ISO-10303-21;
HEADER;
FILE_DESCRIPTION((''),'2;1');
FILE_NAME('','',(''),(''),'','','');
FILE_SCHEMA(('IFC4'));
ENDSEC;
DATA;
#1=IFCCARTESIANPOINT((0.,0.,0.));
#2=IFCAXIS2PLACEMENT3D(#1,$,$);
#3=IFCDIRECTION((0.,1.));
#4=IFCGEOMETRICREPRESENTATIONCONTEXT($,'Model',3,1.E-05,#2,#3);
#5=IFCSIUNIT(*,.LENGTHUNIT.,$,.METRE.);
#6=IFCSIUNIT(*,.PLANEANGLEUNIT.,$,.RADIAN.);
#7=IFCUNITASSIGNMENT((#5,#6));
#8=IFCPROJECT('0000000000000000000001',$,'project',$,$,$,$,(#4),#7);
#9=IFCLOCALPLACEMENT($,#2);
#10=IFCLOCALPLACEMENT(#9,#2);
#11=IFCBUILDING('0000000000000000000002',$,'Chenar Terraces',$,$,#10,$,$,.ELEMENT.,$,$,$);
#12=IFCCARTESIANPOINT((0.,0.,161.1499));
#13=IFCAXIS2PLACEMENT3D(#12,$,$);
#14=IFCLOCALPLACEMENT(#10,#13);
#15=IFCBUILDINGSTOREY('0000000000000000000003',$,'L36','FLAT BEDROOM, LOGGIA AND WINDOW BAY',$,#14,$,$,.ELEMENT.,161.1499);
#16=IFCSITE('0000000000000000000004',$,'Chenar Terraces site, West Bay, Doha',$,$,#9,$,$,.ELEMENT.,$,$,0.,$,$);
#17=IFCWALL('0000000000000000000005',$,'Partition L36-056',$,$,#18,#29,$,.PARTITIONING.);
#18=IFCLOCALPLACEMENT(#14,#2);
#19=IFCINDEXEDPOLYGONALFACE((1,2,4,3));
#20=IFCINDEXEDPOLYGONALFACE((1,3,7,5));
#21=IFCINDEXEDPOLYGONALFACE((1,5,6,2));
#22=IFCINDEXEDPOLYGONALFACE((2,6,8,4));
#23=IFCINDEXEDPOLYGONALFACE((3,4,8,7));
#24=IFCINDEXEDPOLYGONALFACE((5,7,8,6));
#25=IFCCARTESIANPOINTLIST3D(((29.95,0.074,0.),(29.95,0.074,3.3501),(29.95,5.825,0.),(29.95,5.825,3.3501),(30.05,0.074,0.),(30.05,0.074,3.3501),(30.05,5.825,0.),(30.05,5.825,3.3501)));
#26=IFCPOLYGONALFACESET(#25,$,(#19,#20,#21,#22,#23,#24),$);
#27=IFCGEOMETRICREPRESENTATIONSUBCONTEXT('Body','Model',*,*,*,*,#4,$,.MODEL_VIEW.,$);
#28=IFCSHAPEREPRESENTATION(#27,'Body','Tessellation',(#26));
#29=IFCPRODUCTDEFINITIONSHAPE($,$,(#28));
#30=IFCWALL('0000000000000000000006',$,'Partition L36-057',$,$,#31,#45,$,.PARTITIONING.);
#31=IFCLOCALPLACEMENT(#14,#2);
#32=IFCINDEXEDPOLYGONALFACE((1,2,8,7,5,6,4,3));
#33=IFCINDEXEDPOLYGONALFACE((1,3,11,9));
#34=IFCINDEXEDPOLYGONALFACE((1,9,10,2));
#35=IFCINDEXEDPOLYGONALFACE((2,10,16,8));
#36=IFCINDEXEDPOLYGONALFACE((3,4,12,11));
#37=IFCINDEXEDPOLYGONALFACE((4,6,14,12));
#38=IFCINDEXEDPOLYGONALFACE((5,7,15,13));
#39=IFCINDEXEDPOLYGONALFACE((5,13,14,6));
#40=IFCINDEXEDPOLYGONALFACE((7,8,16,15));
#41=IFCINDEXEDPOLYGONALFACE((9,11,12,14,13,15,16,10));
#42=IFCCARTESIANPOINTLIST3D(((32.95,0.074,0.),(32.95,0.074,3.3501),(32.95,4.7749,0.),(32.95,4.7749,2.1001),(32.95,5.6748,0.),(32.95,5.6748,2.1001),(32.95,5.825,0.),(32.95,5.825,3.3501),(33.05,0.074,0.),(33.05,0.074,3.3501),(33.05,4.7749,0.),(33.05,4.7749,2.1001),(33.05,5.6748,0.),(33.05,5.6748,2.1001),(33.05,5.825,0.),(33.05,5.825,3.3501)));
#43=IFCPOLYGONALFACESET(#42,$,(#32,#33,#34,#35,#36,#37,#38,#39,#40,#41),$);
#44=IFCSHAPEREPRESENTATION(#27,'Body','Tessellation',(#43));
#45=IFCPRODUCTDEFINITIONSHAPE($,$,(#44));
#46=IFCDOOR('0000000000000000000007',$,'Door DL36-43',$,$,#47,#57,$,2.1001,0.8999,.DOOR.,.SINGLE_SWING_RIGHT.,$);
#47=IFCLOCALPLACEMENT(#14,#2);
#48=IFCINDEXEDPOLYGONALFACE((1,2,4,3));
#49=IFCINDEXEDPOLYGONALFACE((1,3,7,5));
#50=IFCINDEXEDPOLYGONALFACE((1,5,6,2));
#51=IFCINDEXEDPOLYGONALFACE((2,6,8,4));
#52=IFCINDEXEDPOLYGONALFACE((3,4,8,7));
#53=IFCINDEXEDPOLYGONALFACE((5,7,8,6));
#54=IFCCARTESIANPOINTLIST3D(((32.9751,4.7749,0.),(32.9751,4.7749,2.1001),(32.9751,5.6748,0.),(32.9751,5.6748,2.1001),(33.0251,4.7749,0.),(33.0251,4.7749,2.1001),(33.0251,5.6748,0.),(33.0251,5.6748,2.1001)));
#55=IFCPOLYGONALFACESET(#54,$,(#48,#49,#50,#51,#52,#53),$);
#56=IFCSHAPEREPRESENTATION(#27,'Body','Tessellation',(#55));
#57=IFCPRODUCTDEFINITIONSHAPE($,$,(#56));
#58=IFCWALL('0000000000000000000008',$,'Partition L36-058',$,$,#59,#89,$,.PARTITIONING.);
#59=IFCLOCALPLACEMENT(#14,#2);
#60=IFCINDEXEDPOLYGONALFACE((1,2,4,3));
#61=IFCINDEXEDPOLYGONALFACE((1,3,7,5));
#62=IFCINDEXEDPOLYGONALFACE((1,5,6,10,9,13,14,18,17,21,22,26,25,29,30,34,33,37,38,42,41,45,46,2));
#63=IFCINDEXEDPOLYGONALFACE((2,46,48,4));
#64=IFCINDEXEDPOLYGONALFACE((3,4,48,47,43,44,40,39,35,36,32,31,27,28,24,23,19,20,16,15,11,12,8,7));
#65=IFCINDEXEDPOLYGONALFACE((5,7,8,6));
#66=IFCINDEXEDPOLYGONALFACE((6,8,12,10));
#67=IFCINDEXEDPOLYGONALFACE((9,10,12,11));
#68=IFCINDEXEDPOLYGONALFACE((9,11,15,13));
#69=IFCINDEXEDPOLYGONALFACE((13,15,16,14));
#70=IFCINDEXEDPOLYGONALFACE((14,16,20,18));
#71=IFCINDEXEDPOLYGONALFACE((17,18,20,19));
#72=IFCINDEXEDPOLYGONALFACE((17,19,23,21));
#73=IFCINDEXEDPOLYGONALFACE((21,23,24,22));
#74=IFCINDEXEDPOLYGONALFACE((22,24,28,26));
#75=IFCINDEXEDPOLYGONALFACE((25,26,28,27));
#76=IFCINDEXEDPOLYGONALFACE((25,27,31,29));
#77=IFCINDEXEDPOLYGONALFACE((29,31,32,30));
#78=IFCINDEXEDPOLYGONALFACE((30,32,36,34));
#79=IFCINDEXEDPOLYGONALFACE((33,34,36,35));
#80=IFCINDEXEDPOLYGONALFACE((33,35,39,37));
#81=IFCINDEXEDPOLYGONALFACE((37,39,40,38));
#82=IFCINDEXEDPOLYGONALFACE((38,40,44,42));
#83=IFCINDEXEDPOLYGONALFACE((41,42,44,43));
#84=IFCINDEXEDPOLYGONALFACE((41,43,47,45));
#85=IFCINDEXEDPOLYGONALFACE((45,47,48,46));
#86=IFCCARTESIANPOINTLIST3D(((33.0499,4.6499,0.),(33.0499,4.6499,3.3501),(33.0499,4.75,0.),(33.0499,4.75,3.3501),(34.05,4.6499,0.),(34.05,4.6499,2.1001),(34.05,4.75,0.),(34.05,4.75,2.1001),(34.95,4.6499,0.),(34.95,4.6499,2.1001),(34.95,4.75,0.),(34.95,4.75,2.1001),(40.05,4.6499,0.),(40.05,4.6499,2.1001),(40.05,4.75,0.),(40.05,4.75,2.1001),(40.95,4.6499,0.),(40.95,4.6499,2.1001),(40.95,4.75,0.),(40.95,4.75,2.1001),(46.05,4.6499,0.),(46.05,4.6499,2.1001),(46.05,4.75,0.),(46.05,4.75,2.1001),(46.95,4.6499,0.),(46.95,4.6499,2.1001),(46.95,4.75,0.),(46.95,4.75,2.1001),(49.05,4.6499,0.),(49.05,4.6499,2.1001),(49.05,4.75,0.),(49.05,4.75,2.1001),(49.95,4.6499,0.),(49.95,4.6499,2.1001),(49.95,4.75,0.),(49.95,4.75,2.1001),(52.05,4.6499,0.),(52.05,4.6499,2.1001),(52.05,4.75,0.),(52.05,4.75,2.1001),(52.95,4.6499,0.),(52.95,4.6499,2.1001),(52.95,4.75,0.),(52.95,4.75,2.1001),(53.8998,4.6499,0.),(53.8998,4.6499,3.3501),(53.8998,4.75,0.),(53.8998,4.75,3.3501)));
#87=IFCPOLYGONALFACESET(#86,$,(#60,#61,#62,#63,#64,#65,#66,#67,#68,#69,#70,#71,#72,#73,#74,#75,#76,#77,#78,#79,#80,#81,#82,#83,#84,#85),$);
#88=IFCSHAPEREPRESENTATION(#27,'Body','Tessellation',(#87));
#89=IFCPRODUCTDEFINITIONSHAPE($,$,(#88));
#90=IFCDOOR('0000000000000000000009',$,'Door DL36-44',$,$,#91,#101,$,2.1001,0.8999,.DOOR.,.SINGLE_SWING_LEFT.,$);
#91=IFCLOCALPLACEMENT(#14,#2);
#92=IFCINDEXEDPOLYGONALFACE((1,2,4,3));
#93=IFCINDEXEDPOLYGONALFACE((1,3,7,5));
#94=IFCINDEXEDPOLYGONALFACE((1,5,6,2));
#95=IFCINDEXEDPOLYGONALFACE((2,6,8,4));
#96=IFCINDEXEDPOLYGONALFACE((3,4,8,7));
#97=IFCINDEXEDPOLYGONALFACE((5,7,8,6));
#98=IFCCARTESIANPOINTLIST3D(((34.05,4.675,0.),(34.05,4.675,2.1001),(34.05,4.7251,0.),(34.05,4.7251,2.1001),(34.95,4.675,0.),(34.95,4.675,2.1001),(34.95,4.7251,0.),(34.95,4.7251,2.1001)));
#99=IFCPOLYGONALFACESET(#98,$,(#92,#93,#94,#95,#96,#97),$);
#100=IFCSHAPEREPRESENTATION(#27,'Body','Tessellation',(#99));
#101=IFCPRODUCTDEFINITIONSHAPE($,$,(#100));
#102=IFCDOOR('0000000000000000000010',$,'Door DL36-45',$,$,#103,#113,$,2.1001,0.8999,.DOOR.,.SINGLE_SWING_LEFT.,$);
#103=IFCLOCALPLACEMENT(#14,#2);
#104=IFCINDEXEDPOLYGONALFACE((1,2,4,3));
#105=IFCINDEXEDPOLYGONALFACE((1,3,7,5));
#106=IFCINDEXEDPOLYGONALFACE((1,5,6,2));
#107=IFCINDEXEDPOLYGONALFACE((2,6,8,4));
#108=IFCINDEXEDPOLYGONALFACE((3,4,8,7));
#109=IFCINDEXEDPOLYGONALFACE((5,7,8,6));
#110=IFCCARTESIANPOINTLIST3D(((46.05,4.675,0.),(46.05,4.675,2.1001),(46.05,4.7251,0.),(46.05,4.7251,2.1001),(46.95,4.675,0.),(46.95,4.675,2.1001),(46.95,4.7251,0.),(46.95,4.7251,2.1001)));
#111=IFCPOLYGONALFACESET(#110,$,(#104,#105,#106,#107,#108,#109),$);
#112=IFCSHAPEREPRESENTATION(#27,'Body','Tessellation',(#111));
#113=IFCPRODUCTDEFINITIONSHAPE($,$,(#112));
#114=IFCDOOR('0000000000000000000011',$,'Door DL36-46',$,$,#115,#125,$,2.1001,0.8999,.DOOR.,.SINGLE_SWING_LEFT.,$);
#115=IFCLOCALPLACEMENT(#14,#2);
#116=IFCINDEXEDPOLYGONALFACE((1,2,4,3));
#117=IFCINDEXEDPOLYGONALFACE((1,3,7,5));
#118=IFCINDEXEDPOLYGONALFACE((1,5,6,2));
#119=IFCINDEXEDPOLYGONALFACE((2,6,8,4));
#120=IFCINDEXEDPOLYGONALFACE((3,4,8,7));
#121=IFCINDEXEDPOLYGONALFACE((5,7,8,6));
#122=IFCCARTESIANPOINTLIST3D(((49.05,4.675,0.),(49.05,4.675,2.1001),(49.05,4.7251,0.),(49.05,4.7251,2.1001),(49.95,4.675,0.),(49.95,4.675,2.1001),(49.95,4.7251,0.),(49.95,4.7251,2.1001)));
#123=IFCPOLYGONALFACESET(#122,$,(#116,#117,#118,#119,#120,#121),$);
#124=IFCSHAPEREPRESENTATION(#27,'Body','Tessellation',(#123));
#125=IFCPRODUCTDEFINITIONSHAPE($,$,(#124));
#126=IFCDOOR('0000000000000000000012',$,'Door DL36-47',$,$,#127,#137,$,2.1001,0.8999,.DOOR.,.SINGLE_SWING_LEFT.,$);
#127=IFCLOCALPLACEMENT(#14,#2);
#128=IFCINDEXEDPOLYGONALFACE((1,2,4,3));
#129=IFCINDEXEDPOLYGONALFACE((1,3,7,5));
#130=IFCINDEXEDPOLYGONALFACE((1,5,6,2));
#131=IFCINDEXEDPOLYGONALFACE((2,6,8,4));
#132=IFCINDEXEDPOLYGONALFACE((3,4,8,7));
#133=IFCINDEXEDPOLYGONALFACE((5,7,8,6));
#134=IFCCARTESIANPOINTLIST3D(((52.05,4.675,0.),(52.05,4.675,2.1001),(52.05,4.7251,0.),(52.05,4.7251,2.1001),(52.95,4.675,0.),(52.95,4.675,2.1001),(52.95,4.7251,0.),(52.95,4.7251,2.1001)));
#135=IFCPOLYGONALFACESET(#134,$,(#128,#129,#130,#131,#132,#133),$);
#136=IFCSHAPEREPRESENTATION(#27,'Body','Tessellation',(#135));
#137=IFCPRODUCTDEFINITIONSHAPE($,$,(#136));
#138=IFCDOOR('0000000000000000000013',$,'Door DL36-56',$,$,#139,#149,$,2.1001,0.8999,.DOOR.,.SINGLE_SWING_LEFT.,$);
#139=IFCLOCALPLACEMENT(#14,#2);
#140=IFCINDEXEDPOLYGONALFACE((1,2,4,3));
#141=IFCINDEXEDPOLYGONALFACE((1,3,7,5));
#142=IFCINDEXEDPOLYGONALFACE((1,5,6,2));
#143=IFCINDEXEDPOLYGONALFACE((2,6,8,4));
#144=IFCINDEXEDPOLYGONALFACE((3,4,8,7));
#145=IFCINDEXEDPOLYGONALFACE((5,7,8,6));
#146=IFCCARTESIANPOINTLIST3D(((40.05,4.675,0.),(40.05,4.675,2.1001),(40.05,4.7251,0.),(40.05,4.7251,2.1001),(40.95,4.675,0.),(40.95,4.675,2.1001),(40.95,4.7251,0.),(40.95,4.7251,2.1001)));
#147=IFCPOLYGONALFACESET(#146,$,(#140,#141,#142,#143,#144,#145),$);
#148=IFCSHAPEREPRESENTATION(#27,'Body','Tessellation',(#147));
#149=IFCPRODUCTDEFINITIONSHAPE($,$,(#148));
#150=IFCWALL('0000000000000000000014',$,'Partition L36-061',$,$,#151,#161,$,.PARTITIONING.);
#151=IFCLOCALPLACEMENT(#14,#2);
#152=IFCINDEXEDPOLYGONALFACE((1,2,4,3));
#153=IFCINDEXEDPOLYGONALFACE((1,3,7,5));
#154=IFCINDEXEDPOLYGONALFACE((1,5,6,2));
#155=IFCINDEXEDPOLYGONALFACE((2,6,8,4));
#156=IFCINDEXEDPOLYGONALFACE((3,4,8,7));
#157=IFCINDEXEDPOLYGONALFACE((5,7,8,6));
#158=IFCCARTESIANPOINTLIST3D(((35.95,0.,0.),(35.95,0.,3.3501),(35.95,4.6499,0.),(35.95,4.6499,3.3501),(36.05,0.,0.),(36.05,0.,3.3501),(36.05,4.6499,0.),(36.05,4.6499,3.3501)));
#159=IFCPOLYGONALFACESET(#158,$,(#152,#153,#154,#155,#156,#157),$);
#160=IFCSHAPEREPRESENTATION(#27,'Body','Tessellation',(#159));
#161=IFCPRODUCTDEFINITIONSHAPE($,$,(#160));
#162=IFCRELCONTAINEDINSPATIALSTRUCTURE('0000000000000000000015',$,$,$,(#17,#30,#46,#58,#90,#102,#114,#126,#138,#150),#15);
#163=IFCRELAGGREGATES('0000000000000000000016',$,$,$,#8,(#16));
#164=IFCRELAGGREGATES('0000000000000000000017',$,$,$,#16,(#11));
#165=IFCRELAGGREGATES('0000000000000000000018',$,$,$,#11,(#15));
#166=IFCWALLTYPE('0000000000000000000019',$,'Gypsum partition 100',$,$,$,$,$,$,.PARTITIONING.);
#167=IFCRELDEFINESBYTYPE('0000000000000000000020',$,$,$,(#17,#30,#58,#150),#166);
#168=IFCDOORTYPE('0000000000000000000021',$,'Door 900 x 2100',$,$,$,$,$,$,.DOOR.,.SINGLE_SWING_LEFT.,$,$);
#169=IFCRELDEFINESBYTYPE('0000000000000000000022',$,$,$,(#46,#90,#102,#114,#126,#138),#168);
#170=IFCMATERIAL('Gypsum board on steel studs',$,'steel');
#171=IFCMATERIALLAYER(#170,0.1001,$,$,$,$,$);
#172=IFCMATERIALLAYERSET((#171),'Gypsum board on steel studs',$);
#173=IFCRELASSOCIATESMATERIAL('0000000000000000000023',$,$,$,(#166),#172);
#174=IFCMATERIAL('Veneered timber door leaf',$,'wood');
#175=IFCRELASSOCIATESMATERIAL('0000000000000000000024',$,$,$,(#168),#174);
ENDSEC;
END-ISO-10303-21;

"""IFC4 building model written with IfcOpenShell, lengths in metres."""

from ifc_helpers import new_model, si_unit, direction, frame, frame_2d, origin, place, context, subcontext, project, spatial, rectangle, extrude, material, layer, layer_set, type_object, element, fill, save


model = new_model("IFC4")

# Units and contexts
model_context = context("Model", 3, precision=1e-05, world=origin(), true_north=direction((0.0, 1.0)))
body_context = subcontext(model_context, "Body", "Model", "MODEL_VIEW")
ifc_project = project(units=[si_unit("LENGTHUNIT", "METRE"), si_unit("PLANEANGLEUNIT", "RADIAN")], contexts=[model_context])

# Site, building, storey
site_placement = place(None, origin())
site = spatial("IfcSite", under=ifc_project, at=site_placement, Name="Chenar Terraces site, West Bay, Doha", CompositionType="ELEMENT", RefElevation=0.0)
building_placement = place(site_placement, origin())
building = spatial("IfcBuilding", under=site, at=building_placement, Name="Chenar Terraces", CompositionType="ELEMENT")
storey_placement = place(building_placement, frame((0.0, 0.0, 161.1499)))
storey = spatial("IfcBuildingStorey", under=building, at=storey_placement, Name="L36", Description="FLAT BEDROOM, LOGGIA AND WINDOW BAY", CompositionType="ELEMENT", Elevation=161.1499)

# Wall
ifc_material_1 = material(Name="Gypsum board on steel studs", Category="steel")
ifc_layer_1 = layer(ifc_material_1, 0.1001)
ifc_layer_set_1 = layer_set([ifc_layer_1], Name="Gypsum board on steel studs")
wall_type_1 = type_object("IfcWallType", Name="Gypsum partition 100", PredefinedType="PARTITIONING", material=ifc_layer_set_1)
wall_1_placement = place(storey_placement, frame((30.0, 0.074, 0.0), z_axis=(0.0, 0.0, 1.0), x_axis=(0.0, 1.0, 0.0)))
element("IfcWall", 1, at=wall_1_placement, inside=storey, type_object=wall_type_1, Name="Partition L36-056", PredefinedType="PARTITIONING", context=body_context, shape_type="SweptSolid", body=[
    extrude(rectangle(XDim=5.751, YDim=0.1001, at=frame_2d((2.8755, 0.0))), origin(), (0.0, 0.0, 1.0), 3.3501),
])

# Wall, opening, door
wall_2_placement = place(storey_placement, frame((33.0, 0.074, 0.0), z_axis=(0.0, 0.0, 1.0), x_axis=(0.0, 1.0, 0.0)))
wall_2 = element("IfcWall", 2, at=wall_2_placement, inside=storey, type_object=wall_type_1, Name="Partition L36-057", PredefinedType="PARTITIONING", context=body_context, shape_type="SweptSolid", body=[
    extrude(rectangle(XDim=5.751, YDim=0.1001, at=frame_2d((2.8755, 0.0))), origin(), (0.0, 0.0, 1.0), 3.3501),
])
opening_1_placement = place(wall_2_placement, frame((4.7009, 0.0, 0.0)))
opening_1 = element("IfcOpeningElement", 3, at=opening_1_placement, cuts=wall_2, PredefinedType="OPENING", context=body_context, shape_type="SweptSolid", body=[
    extrude(rectangle(XDim=0.8999, YDim=2.1001, at=frame_2d((0.45, 1.05))), frame((0.0, 0.0601, 0.0), z_axis=(0.0, -1.0, 0.0), x_axis=(1.0, 0.0, 0.0)), (0.0, 0.0, 1.0), 0.1201),
])
ifc_material_2 = material(Name="Veneered timber door leaf", Category="wood")
door_type_1 = type_object("IfcDoorType", Name="Door 900 x 2100", OperationType="SINGLE_SWING_LEFT", PredefinedType="DOOR", material=ifc_material_2)
door_1_placement = place(opening_1_placement, origin())
door_1 = element("IfcDoor", 4, at=door_1_placement, inside=storey, type_object=door_type_1, Name="Door DL36-43", OperationType="SINGLE_SWING_RIGHT", OverallHeight=2.1001, OverallWidth=0.8999, PredefinedType="DOOR", context=body_context, shape_type="SweptSolid", body=[
    extrude(rectangle(XDim=0.8999, YDim=2.1001, at=frame_2d((0.45, 1.05))), frame((0.0, 0.0249, 0.0), z_axis=(0.0, -1.0, 0.0), x_axis=(1.0, 0.0, 0.0)), (0.0, 0.0, 1.0), 0.05),
])
fill(opening_1, door_1)

# Wall, openings, doors
wall_3_placement = place(storey_placement, frame((33.05, 4.7, 0.0), z_axis=(0.0, 0.0, 1.0), x_axis=(1.0, 0.0, 0.0)))
wall_3 = element("IfcWall", 5, at=wall_3_placement, inside=storey, type_object=wall_type_1, Name="Partition L36-058", PredefinedType="PARTITIONING", context=body_context, shape_type="SweptSolid", body=[
    extrude(rectangle(XDim=20.8499, YDim=0.1001, at=frame_2d((10.4248, 0.0))), origin(), (0.0, 0.0, 1.0), 3.3501),
])
opening_2_placement = place(wall_3_placement, frame((1.0, 0.0, 0.0)))
opening_2 = element("IfcOpeningElement", 6, at=opening_2_placement, cuts=wall_3, PredefinedType="OPENING", context=body_context, shape_type="SweptSolid", body=[
    extrude(rectangle(XDim=0.8999, YDim=2.1001, at=frame_2d((0.45, 1.05))), frame((0.0, 0.0601, 0.0), z_axis=(0.0, -1.0, 0.0), x_axis=(1.0, 0.0, 0.0)), (0.0, 0.0, 1.0), 0.1201),
])
opening_3_placement = place(wall_3_placement, frame((13.0, 0.0, 0.0)))
opening_3 = element("IfcOpeningElement", 7, at=opening_3_placement, cuts=wall_3, PredefinedType="OPENING", context=body_context, shape_type="SweptSolid", body=[
    extrude(rectangle(XDim=0.8999, YDim=2.1001, at=frame_2d((0.45, 1.05))), frame((0.0, 0.0601, 0.0), z_axis=(0.0, -1.0, 0.0), x_axis=(1.0, 0.0, 0.0)), (0.0, 0.0, 1.0), 0.1201),
])
opening_4_placement = place(wall_3_placement, frame((16.0, 0.0, 0.0)))
opening_4 = element("IfcOpeningElement", 8, at=opening_4_placement, cuts=wall_3, PredefinedType="OPENING", context=body_context, shape_type="SweptSolid", body=[
    extrude(rectangle(XDim=0.8999, YDim=2.1001, at=frame_2d((0.45, 1.05))), frame((0.0, 0.0601, 0.0), z_axis=(0.0, -1.0, 0.0), x_axis=(1.0, 0.0, 0.0)), (0.0, 0.0, 1.0), 0.1201),
])
opening_5_placement = place(wall_3_placement, frame((19.0, 0.0, 0.0)))
opening_5 = element("IfcOpeningElement", 9, at=opening_5_placement, cuts=wall_3, PredefinedType="OPENING", context=body_context, shape_type="SweptSolid", body=[
    extrude(rectangle(XDim=0.8999, YDim=2.1001, at=frame_2d((0.45, 1.05))), frame((0.0, 0.0601, 0.0), z_axis=(0.0, -1.0, 0.0), x_axis=(1.0, 0.0, 0.0)), (0.0, 0.0, 1.0), 0.1201),
])
opening_6_placement = place(wall_3_placement, frame((7.0, 0.0, 0.0)))
opening_6 = element("IfcOpeningElement", 10, at=opening_6_placement, cuts=wall_3, PredefinedType="OPENING", context=body_context, shape_type="SweptSolid", body=[
    extrude(rectangle(XDim=0.8999, YDim=2.1001, at=frame_2d((0.45, 1.05))), frame((0.0, 0.0601, 0.0), z_axis=(0.0, -1.0, 0.0), x_axis=(1.0, 0.0, 0.0)), (0.0, 0.0, 1.0), 0.1201),
])
door_2_placement = place(opening_2_placement, frame((0.8999, 0.0, 0.0), z_axis=(0.0, 0.0, 1.0), x_axis=(-1.0, 0.0, 0.0)))
door_2 = element("IfcDoor", 11, at=door_2_placement, inside=storey, type_object=door_type_1, Name="Door DL36-44", OperationType="SINGLE_SWING_LEFT", OverallHeight=2.1001, OverallWidth=0.8999, PredefinedType="DOOR", context=body_context, shape_type="SweptSolid", body=[
    extrude(rectangle(XDim=0.8999, YDim=2.1001, at=frame_2d((0.45, 1.05))), frame((0.0, 0.0249, 0.0), z_axis=(0.0, -1.0, 0.0), x_axis=(1.0, 0.0, 0.0)), (0.0, 0.0, 1.0), 0.05),
])
fill(opening_2, door_2)
door_3_placement = place(opening_3_placement, frame((0.8999, 0.0, 0.0), z_axis=(0.0, 0.0, 1.0), x_axis=(-1.0, 0.0, 0.0)))
door_3 = element("IfcDoor", 12, at=door_3_placement, inside=storey, type_object=door_type_1, Name="Door DL36-45", OperationType="SINGLE_SWING_LEFT", OverallHeight=2.1001, OverallWidth=0.8999, PredefinedType="DOOR", context=body_context, shape_type="SweptSolid", body=[
    extrude(rectangle(XDim=0.8999, YDim=2.1001, at=frame_2d((0.45, 1.05))), frame((0.0, 0.0249, 0.0), z_axis=(0.0, -1.0, 0.0), x_axis=(1.0, 0.0, 0.0)), (0.0, 0.0, 1.0), 0.05),
])
fill(opening_3, door_3)
door_4_placement = place(opening_4_placement, frame((0.8999, 0.0, 0.0), z_axis=(0.0, 0.0, 1.0), x_axis=(-1.0, 0.0, 0.0)))
door_4 = element("IfcDoor", 13, at=door_4_placement, inside=storey, type_object=door_type_1, Name="Door DL36-46", OperationType="SINGLE_SWING_LEFT", OverallHeight=2.1001, OverallWidth=0.8999, PredefinedType="DOOR", context=body_context, shape_type="SweptSolid", body=[
    extrude(rectangle(XDim=0.8999, YDim=2.1001, at=frame_2d((0.45, 1.05))), frame((0.0, 0.0249, 0.0), z_axis=(0.0, -1.0, 0.0), x_axis=(1.0, 0.0, 0.0)), (0.0, 0.0, 1.0), 0.05),
])
fill(opening_4, door_4)
door_5_placement = place(opening_5_placement, frame((0.8999, 0.0, 0.0), z_axis=(0.0, 0.0, 1.0), x_axis=(-1.0, 0.0, 0.0)))
door_5 = element("IfcDoor", 14, at=door_5_placement, inside=storey, type_object=door_type_1, Name="Door DL36-47", OperationType="SINGLE_SWING_LEFT", OverallHeight=2.1001, OverallWidth=0.8999, PredefinedType="DOOR", context=body_context, shape_type="SweptSolid", body=[
    extrude(rectangle(XDim=0.8999, YDim=2.1001, at=frame_2d((0.45, 1.05))), frame((0.0, 0.0249, 0.0), z_axis=(0.0, -1.0, 0.0), x_axis=(1.0, 0.0, 0.0)), (0.0, 0.0, 1.0), 0.05),
])
fill(opening_5, door_5)
door_6_placement = place(opening_6_placement, frame((0.8999, 0.0, 0.0), z_axis=(0.0, 0.0, 1.0), x_axis=(-1.0, 0.0, 0.0)))
door_6 = element("IfcDoor", 15, at=door_6_placement, inside=storey, type_object=door_type_1, Name="Door DL36-56", OperationType="SINGLE_SWING_LEFT", OverallHeight=2.1001, OverallWidth=0.8999, PredefinedType="DOOR", context=body_context, shape_type="SweptSolid", body=[
    extrude(rectangle(XDim=0.8999, YDim=2.1001, at=frame_2d((0.45, 1.05))), frame((0.0, 0.0249, 0.0), z_axis=(0.0, -1.0, 0.0), x_axis=(1.0, 0.0, 0.0)), (0.0, 0.0, 1.0), 0.05),
])
fill(opening_6, door_6)

# Wall
wall_4_placement = place(storey_placement, frame((36.0, 0.0, 0.0), z_axis=(0.0, 0.0, 1.0), x_axis=(0.0, 1.0, 0.0)))
element("IfcWall", 16, at=wall_4_placement, inside=storey, type_object=wall_type_1, Name="Partition L36-061", PredefinedType="PARTITIONING", context=body_context, shape_type="SweptSolid", body=[
    extrude(rectangle(XDim=4.6499, YDim=0.1001, at=frame_2d((2.325, 0.0))), origin(), (0.0, 0.0, 1.0), 3.3501),
])

save(model, "model.ifc")
